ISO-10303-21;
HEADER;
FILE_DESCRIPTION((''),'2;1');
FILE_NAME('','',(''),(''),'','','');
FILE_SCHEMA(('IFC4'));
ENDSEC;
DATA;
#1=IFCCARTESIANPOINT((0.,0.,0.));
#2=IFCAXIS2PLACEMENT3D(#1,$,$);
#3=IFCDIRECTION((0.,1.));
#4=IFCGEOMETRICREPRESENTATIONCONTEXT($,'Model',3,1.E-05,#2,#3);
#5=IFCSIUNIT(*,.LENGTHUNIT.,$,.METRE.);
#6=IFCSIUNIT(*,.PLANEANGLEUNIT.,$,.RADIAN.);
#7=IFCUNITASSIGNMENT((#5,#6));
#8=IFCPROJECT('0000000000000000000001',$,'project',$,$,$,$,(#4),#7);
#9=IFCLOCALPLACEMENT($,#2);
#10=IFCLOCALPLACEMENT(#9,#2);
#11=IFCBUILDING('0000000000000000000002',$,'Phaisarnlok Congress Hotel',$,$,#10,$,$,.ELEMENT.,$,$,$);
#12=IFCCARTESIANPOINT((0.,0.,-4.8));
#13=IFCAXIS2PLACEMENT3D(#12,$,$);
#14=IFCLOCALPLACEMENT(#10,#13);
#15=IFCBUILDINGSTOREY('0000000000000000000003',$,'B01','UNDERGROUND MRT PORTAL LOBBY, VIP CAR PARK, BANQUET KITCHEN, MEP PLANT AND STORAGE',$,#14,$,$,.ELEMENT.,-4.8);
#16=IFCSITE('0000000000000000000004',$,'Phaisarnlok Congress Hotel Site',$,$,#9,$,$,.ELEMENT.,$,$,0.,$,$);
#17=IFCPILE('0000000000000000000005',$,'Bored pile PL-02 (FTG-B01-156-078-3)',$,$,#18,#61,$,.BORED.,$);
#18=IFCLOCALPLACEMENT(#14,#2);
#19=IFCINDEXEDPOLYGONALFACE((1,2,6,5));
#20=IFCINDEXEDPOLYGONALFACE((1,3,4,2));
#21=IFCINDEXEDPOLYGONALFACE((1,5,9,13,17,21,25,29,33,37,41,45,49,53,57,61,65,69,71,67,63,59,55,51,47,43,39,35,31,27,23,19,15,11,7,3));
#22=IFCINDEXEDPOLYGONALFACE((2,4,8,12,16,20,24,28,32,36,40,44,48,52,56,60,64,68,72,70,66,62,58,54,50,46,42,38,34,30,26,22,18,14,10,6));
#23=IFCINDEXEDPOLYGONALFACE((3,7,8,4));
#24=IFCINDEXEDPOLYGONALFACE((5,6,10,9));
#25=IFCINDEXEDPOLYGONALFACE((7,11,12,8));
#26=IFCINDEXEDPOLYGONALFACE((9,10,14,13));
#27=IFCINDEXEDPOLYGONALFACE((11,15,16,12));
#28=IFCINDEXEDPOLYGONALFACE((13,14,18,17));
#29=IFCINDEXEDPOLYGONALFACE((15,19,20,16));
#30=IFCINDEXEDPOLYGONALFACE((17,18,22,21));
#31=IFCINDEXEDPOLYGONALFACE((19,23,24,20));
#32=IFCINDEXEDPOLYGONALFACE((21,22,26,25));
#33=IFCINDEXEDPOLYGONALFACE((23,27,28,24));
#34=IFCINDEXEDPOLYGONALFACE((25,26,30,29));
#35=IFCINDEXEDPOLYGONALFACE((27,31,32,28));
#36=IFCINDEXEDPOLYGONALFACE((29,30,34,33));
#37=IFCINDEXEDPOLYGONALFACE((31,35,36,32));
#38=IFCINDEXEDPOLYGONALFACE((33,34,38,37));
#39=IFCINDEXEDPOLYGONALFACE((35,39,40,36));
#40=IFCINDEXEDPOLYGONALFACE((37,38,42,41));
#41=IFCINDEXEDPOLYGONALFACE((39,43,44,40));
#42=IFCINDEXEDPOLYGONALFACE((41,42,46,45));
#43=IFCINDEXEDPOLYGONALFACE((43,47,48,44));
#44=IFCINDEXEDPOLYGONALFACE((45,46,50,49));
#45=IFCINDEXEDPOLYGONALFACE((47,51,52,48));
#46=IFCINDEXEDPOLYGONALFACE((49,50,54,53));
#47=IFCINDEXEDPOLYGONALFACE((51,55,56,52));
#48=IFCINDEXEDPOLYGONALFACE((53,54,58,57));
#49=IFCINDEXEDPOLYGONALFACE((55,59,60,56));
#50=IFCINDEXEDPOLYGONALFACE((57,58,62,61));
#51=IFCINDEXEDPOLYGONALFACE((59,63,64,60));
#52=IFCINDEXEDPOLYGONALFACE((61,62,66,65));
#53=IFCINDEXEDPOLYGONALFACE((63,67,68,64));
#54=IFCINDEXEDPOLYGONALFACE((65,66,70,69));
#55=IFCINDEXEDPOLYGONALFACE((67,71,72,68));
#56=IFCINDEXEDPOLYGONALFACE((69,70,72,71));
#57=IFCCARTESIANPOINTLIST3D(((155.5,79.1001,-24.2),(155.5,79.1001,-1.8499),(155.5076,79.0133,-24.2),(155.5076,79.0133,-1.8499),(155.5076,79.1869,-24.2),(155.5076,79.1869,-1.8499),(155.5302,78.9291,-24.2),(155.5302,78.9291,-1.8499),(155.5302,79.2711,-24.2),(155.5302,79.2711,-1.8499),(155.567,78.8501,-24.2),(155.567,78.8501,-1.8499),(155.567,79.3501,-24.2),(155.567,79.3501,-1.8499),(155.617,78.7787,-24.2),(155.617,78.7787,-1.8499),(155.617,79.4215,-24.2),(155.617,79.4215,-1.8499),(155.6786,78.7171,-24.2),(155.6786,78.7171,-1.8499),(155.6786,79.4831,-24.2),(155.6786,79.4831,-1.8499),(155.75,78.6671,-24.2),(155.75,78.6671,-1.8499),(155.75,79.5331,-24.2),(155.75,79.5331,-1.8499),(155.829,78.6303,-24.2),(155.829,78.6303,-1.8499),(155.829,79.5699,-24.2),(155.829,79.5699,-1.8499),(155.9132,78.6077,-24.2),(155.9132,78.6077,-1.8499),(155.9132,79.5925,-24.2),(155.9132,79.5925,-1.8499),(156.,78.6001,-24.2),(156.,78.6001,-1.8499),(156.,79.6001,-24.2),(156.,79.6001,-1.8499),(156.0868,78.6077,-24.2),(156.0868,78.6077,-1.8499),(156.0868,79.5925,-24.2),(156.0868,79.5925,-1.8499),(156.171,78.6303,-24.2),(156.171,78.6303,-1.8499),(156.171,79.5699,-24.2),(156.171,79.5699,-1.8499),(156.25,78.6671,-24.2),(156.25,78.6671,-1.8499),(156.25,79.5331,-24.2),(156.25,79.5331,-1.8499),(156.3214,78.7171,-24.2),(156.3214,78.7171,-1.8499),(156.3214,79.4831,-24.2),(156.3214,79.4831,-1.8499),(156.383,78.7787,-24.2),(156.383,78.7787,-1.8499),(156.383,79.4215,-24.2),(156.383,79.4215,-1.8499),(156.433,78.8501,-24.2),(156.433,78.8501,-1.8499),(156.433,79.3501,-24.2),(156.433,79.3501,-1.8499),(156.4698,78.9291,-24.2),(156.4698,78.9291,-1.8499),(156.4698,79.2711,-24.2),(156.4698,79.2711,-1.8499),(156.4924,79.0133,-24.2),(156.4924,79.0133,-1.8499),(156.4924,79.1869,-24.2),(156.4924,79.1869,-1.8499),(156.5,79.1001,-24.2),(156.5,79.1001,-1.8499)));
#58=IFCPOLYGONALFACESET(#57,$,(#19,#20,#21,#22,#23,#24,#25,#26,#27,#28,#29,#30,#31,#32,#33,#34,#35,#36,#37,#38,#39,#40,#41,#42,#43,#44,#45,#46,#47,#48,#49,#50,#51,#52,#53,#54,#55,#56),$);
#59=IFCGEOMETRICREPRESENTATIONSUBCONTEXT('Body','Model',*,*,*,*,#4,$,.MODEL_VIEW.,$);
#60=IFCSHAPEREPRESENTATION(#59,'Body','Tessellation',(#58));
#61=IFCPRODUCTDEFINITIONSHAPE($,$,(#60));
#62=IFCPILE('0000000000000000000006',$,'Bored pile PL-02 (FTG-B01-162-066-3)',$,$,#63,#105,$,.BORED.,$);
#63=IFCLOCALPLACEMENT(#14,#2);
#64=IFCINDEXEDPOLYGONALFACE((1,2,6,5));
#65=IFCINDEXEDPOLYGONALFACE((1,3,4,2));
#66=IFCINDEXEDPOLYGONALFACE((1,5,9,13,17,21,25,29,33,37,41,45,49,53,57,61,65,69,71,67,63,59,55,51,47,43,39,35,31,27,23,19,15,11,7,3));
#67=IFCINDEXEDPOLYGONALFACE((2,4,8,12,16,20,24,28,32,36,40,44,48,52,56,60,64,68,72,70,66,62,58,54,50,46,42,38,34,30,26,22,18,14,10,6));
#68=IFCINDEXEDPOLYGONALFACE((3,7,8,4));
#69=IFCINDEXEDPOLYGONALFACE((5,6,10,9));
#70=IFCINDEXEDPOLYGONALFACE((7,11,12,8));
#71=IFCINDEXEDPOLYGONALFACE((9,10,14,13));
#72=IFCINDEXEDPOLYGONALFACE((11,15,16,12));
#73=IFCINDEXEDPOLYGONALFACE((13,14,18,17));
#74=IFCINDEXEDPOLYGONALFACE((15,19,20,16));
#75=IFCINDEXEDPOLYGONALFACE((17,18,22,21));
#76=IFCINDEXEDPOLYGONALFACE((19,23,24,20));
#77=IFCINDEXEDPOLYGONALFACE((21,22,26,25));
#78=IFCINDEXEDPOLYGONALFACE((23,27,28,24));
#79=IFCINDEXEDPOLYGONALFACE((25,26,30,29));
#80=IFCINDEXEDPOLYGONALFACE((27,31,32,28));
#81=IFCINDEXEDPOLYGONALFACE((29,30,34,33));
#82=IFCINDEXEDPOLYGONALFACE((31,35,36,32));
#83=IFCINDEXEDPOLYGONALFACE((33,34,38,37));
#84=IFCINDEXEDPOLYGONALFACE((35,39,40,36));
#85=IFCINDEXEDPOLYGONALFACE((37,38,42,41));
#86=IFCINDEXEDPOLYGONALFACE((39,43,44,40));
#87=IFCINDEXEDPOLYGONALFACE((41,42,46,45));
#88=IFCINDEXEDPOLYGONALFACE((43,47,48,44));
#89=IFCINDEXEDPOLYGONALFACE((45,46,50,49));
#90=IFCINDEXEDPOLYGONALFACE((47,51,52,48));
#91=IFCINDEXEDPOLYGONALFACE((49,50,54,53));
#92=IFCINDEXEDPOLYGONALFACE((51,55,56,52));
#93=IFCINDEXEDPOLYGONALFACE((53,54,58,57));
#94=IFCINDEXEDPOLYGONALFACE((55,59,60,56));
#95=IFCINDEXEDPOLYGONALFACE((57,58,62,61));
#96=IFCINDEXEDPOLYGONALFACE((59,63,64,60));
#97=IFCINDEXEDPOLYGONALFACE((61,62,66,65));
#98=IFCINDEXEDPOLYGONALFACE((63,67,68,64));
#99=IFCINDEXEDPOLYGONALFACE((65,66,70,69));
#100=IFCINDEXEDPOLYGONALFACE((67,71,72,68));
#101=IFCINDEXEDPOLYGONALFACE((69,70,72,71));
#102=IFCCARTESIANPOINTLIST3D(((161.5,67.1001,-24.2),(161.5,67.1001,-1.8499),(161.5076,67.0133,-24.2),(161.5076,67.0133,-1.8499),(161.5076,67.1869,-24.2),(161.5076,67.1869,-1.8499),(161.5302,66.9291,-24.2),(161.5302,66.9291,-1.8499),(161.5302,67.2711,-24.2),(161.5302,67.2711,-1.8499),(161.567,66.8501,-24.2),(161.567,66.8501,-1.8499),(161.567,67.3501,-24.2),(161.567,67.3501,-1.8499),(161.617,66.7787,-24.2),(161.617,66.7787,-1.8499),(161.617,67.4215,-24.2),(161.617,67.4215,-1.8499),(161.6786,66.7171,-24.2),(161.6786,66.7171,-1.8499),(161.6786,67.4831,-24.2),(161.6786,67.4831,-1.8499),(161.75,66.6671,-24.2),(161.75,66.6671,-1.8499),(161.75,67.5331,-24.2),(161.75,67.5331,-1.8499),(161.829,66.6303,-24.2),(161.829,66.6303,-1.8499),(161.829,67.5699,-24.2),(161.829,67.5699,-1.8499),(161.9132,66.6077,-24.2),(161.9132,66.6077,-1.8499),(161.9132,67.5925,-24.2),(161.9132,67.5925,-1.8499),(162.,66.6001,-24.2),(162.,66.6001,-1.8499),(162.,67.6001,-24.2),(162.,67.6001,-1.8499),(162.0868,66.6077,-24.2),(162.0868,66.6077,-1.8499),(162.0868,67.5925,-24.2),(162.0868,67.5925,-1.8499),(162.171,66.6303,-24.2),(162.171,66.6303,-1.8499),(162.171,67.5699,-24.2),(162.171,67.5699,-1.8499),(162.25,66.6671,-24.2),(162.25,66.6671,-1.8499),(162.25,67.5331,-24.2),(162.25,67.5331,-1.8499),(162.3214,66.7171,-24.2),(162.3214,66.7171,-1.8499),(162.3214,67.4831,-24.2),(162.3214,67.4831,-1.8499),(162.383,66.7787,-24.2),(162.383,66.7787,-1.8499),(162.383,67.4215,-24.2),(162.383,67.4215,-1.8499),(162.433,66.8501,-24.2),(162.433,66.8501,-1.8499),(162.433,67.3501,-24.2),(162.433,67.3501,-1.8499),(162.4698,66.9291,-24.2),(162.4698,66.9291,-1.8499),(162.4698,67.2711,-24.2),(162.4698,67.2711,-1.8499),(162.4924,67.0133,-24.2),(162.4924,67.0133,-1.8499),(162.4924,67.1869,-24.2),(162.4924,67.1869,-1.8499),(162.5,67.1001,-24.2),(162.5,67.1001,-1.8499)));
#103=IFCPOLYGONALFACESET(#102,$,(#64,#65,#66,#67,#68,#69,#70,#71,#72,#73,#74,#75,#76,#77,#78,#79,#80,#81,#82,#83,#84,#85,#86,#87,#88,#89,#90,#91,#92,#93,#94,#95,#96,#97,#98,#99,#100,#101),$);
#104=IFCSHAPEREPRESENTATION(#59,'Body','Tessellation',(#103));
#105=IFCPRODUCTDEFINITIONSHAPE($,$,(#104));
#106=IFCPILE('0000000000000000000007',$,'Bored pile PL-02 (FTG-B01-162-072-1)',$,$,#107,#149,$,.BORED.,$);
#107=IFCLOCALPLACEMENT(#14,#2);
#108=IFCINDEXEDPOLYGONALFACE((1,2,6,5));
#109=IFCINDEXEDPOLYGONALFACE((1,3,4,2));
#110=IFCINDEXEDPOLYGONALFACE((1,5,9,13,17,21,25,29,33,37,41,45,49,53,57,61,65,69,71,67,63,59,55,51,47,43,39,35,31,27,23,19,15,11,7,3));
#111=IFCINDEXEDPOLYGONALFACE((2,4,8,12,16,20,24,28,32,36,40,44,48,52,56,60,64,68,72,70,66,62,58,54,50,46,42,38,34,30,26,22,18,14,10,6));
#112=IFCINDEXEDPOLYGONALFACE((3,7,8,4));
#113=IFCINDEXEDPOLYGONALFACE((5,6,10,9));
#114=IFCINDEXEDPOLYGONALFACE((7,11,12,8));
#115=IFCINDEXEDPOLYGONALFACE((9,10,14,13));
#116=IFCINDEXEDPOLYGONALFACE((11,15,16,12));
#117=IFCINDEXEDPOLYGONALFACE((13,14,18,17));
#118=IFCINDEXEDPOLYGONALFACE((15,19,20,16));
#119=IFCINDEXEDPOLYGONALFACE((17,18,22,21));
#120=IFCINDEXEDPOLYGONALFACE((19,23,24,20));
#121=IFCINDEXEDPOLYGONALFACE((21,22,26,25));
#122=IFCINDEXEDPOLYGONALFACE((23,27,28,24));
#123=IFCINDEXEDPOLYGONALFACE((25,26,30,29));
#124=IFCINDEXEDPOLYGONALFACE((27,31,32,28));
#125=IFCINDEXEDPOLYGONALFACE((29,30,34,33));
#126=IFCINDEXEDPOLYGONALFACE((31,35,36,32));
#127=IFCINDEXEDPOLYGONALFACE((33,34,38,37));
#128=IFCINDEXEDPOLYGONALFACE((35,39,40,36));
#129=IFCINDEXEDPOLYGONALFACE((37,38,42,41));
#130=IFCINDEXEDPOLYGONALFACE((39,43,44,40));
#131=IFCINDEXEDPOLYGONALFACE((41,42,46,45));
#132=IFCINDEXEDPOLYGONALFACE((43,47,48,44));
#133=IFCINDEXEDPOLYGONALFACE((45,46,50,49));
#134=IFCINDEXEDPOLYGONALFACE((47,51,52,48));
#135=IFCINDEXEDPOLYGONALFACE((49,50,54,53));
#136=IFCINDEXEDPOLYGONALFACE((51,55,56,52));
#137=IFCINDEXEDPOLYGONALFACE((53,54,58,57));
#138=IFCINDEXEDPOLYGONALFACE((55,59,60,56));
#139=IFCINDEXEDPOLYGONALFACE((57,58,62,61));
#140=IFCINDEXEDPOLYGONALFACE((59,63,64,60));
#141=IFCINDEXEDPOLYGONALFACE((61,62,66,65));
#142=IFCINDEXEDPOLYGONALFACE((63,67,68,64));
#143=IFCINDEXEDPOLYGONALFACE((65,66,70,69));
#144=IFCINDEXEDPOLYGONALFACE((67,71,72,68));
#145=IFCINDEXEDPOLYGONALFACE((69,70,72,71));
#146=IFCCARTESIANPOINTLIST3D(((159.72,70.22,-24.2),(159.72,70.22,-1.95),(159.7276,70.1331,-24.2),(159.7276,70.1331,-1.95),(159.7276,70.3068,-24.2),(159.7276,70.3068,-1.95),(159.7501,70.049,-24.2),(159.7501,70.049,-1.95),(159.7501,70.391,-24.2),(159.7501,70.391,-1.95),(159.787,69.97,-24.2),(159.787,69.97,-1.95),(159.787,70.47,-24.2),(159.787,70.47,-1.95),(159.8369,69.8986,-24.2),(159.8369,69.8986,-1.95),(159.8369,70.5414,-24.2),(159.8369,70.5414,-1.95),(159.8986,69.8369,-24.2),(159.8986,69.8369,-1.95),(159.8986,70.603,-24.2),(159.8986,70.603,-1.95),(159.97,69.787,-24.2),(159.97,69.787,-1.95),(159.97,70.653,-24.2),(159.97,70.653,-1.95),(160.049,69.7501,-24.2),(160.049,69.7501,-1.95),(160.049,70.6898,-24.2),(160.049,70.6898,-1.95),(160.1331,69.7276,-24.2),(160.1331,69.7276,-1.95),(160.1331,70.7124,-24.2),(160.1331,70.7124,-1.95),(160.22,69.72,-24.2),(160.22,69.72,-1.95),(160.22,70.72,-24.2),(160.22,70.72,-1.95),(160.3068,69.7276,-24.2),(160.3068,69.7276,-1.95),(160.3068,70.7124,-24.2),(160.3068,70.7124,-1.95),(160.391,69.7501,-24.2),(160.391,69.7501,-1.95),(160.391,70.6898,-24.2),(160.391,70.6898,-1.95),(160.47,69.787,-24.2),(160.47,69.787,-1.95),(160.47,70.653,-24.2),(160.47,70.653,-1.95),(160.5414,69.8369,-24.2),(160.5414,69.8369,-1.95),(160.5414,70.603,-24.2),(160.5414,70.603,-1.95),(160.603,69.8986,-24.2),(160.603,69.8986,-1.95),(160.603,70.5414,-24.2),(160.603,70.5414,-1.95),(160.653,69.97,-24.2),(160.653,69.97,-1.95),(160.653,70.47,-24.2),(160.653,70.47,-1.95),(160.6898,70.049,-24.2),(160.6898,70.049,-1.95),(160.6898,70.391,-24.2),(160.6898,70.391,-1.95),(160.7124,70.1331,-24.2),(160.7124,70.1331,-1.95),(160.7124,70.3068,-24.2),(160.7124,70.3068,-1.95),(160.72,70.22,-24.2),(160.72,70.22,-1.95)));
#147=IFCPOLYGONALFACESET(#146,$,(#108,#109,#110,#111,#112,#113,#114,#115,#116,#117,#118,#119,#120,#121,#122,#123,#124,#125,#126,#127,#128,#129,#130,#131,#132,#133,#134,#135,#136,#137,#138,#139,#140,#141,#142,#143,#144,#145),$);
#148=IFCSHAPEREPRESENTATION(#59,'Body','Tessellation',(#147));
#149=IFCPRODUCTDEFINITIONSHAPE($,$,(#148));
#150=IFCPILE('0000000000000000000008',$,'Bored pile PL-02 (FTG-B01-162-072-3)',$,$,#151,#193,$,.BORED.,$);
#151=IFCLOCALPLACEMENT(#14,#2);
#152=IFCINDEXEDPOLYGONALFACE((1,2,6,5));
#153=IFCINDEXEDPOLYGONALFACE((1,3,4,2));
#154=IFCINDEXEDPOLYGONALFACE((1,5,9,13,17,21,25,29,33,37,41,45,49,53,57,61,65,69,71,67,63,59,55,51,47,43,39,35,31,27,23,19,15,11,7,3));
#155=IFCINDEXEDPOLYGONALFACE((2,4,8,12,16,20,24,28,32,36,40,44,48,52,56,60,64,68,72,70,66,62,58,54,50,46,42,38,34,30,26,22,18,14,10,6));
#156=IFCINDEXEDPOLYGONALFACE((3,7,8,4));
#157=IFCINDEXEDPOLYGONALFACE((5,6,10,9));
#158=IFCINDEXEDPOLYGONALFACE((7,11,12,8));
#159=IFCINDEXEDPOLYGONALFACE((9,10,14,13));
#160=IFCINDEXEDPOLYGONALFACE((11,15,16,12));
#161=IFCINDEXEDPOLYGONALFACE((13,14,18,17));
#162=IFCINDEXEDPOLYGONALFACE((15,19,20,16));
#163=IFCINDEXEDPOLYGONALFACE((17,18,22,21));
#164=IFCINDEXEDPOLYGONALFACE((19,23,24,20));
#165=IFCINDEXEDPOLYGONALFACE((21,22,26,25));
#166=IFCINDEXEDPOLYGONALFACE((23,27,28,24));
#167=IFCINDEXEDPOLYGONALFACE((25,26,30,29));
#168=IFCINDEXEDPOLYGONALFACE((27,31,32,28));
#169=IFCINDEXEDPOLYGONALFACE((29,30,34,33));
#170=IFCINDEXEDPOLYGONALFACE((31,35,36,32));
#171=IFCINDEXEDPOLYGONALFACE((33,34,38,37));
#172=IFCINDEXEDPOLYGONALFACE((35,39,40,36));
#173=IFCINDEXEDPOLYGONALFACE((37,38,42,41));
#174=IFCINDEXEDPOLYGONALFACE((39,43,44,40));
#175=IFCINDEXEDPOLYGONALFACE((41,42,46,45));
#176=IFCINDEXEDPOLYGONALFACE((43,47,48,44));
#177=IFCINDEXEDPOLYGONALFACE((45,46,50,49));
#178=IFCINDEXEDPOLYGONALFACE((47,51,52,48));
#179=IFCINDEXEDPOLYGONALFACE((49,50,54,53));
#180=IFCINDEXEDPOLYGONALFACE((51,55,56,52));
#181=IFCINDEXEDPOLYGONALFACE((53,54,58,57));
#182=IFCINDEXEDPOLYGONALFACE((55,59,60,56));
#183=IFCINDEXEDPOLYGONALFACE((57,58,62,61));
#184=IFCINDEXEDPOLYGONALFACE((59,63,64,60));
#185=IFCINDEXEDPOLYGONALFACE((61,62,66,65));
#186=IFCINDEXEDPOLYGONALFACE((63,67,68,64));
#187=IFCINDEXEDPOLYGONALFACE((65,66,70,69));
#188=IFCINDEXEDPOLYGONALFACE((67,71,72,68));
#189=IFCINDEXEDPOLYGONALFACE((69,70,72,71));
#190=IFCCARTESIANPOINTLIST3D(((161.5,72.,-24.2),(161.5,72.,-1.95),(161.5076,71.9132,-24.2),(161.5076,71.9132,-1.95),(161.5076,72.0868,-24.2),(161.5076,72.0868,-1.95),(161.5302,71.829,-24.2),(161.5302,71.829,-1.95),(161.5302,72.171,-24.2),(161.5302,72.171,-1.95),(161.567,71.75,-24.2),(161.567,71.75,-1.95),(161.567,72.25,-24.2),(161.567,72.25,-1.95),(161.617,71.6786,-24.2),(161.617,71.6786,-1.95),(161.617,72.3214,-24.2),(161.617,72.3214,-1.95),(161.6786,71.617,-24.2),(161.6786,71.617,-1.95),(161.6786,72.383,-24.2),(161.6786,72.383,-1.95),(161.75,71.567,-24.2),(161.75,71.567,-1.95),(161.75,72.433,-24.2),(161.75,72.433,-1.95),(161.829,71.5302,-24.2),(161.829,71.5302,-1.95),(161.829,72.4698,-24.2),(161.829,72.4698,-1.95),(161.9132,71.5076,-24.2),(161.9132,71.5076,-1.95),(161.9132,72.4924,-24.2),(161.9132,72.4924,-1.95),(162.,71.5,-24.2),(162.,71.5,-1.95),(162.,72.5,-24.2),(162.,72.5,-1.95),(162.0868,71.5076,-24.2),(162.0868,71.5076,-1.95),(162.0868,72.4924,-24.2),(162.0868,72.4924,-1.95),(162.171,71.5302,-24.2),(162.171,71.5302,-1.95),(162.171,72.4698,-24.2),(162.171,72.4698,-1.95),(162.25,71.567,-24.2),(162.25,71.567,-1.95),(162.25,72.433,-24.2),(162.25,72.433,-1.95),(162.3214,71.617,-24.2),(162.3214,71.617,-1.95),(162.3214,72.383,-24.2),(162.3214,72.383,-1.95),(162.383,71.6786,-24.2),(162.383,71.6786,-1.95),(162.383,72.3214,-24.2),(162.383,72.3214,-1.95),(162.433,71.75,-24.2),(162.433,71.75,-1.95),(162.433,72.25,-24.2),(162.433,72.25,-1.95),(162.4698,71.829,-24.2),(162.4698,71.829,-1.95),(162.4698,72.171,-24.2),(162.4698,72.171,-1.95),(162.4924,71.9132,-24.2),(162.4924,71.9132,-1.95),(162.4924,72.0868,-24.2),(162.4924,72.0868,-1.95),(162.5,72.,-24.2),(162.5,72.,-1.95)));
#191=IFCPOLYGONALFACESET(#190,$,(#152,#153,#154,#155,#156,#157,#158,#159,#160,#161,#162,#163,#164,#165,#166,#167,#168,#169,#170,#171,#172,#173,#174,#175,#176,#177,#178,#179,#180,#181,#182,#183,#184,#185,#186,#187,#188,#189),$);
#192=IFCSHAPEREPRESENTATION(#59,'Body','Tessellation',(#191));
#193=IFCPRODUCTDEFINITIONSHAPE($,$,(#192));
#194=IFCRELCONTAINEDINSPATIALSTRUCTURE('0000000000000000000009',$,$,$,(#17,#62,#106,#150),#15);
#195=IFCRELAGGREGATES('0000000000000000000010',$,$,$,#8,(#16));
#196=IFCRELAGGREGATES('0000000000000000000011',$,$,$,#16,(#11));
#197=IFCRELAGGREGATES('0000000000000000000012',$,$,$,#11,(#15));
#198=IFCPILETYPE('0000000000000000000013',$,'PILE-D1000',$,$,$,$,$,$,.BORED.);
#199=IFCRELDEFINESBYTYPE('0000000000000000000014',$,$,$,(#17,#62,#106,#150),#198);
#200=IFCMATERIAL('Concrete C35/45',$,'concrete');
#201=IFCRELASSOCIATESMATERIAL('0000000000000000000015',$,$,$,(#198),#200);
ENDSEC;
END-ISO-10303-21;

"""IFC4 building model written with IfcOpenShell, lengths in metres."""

from ifc_helpers import new_model, si_unit, direction, frame, origin, origin_2d, place, context, subcontext, project, spatial, circle, extrude, material, material_profile, profile_set, type_object, element, save


model = new_model("IFC4")

# Units and contexts
model_context = context("Model", 3, precision=1e-05, world=origin(), true_north=direction((0.0, 1.0)))
body_context = subcontext(model_context, "Body", "Model", "MODEL_VIEW")
ifc_project = project(units=[si_unit("LENGTHUNIT", "METRE"), si_unit("PLANEANGLEUNIT", "RADIAN")], contexts=[model_context])

# Site, building, storey
site_placement = place(None, origin())
site = spatial("IfcSite", under=ifc_project, at=site_placement, Name="Phaisarnlok Congress Hotel Site", CompositionType="ELEMENT", RefElevation=0.0)
building_placement = place(site_placement, origin())
building = spatial("IfcBuilding", under=site, at=building_placement, Name="Phaisarnlok Congress Hotel", CompositionType="ELEMENT")
storey_placement = place(building_placement, frame((0.0, 0.0, -4.8)))
storey = spatial("IfcBuildingStorey", under=building, at=storey_placement, Name="B01", Description="UNDERGROUND MRT PORTAL LOBBY, VIP CAR PARK, BANQUET KITCHEN, MEP PLANT AND STORAGE", CompositionType="ELEMENT", Elevation=-4.8)

# Piles
ifc_material_1 = material(Name="Concrete C35/45", Category="concrete")
ifc_material_profile_1 = material_profile(ifc_material_1, circle(Radius=0.5, at=origin_2d()), Name="BORED PILE D1000")
ifc_profile_set_1 = profile_set([ifc_material_profile_1], Name="Concrete C35/45")
pile_type_1 = type_object("IfcPileType", Name="PILE-D1000", PredefinedType="BORED", material=ifc_profile_set_1)
for number, where, z_axis, x_axis, name in (
    (1, (156.0, 79.1001, -1.8499), (0.0, 0.0, -1.0), (1.0, 0.0, 0.0), "Bored pile PL-02 (FTG-B01-156-078-3)"),
    (2, (162.0, 67.1001, -1.8499), (0.0, 0.0, -1.0), (1.0, 0.0, 0.0), "Bored pile PL-02 (FTG-B01-162-066-3)"),
):
    element("IfcPile", number, at=place(storey_placement, frame(where, z_axis=z_axis, x_axis=x_axis)), inside=storey, type_object=pile_type_1, Name=name, PredefinedType="BORED", context=body_context, shape_type="SweptSolid", body=[
        extrude(circle(Radius=0.5, at=origin_2d()), origin(), (0.0, 0.0, 1.0), 22.3501),
    ])
for number, where, z_axis, x_axis, name in (
    (3, (160.22, 70.22, -1.95), (0.0, 0.0, -1.0), (1.0, 0.0, 0.0), "Bored pile PL-02 (FTG-B01-162-072-1)"),
    (4, (162.0, 72.0, -1.95), (0.0, 0.0, -1.0), (1.0, 0.0, 0.0), "Bored pile PL-02 (FTG-B01-162-072-3)"),
):
    element("IfcPile", number, at=place(storey_placement, frame(where, z_axis=z_axis, x_axis=x_axis)), inside=storey, type_object=pile_type_1, Name=name, PredefinedType="BORED", context=body_context, shape_type="SweptSolid", body=[
        extrude(circle(Radius=0.5, at=origin_2d()), origin(), (0.0, 0.0, 1.0), 22.25),
    ])

save(model, "model.ifc")
